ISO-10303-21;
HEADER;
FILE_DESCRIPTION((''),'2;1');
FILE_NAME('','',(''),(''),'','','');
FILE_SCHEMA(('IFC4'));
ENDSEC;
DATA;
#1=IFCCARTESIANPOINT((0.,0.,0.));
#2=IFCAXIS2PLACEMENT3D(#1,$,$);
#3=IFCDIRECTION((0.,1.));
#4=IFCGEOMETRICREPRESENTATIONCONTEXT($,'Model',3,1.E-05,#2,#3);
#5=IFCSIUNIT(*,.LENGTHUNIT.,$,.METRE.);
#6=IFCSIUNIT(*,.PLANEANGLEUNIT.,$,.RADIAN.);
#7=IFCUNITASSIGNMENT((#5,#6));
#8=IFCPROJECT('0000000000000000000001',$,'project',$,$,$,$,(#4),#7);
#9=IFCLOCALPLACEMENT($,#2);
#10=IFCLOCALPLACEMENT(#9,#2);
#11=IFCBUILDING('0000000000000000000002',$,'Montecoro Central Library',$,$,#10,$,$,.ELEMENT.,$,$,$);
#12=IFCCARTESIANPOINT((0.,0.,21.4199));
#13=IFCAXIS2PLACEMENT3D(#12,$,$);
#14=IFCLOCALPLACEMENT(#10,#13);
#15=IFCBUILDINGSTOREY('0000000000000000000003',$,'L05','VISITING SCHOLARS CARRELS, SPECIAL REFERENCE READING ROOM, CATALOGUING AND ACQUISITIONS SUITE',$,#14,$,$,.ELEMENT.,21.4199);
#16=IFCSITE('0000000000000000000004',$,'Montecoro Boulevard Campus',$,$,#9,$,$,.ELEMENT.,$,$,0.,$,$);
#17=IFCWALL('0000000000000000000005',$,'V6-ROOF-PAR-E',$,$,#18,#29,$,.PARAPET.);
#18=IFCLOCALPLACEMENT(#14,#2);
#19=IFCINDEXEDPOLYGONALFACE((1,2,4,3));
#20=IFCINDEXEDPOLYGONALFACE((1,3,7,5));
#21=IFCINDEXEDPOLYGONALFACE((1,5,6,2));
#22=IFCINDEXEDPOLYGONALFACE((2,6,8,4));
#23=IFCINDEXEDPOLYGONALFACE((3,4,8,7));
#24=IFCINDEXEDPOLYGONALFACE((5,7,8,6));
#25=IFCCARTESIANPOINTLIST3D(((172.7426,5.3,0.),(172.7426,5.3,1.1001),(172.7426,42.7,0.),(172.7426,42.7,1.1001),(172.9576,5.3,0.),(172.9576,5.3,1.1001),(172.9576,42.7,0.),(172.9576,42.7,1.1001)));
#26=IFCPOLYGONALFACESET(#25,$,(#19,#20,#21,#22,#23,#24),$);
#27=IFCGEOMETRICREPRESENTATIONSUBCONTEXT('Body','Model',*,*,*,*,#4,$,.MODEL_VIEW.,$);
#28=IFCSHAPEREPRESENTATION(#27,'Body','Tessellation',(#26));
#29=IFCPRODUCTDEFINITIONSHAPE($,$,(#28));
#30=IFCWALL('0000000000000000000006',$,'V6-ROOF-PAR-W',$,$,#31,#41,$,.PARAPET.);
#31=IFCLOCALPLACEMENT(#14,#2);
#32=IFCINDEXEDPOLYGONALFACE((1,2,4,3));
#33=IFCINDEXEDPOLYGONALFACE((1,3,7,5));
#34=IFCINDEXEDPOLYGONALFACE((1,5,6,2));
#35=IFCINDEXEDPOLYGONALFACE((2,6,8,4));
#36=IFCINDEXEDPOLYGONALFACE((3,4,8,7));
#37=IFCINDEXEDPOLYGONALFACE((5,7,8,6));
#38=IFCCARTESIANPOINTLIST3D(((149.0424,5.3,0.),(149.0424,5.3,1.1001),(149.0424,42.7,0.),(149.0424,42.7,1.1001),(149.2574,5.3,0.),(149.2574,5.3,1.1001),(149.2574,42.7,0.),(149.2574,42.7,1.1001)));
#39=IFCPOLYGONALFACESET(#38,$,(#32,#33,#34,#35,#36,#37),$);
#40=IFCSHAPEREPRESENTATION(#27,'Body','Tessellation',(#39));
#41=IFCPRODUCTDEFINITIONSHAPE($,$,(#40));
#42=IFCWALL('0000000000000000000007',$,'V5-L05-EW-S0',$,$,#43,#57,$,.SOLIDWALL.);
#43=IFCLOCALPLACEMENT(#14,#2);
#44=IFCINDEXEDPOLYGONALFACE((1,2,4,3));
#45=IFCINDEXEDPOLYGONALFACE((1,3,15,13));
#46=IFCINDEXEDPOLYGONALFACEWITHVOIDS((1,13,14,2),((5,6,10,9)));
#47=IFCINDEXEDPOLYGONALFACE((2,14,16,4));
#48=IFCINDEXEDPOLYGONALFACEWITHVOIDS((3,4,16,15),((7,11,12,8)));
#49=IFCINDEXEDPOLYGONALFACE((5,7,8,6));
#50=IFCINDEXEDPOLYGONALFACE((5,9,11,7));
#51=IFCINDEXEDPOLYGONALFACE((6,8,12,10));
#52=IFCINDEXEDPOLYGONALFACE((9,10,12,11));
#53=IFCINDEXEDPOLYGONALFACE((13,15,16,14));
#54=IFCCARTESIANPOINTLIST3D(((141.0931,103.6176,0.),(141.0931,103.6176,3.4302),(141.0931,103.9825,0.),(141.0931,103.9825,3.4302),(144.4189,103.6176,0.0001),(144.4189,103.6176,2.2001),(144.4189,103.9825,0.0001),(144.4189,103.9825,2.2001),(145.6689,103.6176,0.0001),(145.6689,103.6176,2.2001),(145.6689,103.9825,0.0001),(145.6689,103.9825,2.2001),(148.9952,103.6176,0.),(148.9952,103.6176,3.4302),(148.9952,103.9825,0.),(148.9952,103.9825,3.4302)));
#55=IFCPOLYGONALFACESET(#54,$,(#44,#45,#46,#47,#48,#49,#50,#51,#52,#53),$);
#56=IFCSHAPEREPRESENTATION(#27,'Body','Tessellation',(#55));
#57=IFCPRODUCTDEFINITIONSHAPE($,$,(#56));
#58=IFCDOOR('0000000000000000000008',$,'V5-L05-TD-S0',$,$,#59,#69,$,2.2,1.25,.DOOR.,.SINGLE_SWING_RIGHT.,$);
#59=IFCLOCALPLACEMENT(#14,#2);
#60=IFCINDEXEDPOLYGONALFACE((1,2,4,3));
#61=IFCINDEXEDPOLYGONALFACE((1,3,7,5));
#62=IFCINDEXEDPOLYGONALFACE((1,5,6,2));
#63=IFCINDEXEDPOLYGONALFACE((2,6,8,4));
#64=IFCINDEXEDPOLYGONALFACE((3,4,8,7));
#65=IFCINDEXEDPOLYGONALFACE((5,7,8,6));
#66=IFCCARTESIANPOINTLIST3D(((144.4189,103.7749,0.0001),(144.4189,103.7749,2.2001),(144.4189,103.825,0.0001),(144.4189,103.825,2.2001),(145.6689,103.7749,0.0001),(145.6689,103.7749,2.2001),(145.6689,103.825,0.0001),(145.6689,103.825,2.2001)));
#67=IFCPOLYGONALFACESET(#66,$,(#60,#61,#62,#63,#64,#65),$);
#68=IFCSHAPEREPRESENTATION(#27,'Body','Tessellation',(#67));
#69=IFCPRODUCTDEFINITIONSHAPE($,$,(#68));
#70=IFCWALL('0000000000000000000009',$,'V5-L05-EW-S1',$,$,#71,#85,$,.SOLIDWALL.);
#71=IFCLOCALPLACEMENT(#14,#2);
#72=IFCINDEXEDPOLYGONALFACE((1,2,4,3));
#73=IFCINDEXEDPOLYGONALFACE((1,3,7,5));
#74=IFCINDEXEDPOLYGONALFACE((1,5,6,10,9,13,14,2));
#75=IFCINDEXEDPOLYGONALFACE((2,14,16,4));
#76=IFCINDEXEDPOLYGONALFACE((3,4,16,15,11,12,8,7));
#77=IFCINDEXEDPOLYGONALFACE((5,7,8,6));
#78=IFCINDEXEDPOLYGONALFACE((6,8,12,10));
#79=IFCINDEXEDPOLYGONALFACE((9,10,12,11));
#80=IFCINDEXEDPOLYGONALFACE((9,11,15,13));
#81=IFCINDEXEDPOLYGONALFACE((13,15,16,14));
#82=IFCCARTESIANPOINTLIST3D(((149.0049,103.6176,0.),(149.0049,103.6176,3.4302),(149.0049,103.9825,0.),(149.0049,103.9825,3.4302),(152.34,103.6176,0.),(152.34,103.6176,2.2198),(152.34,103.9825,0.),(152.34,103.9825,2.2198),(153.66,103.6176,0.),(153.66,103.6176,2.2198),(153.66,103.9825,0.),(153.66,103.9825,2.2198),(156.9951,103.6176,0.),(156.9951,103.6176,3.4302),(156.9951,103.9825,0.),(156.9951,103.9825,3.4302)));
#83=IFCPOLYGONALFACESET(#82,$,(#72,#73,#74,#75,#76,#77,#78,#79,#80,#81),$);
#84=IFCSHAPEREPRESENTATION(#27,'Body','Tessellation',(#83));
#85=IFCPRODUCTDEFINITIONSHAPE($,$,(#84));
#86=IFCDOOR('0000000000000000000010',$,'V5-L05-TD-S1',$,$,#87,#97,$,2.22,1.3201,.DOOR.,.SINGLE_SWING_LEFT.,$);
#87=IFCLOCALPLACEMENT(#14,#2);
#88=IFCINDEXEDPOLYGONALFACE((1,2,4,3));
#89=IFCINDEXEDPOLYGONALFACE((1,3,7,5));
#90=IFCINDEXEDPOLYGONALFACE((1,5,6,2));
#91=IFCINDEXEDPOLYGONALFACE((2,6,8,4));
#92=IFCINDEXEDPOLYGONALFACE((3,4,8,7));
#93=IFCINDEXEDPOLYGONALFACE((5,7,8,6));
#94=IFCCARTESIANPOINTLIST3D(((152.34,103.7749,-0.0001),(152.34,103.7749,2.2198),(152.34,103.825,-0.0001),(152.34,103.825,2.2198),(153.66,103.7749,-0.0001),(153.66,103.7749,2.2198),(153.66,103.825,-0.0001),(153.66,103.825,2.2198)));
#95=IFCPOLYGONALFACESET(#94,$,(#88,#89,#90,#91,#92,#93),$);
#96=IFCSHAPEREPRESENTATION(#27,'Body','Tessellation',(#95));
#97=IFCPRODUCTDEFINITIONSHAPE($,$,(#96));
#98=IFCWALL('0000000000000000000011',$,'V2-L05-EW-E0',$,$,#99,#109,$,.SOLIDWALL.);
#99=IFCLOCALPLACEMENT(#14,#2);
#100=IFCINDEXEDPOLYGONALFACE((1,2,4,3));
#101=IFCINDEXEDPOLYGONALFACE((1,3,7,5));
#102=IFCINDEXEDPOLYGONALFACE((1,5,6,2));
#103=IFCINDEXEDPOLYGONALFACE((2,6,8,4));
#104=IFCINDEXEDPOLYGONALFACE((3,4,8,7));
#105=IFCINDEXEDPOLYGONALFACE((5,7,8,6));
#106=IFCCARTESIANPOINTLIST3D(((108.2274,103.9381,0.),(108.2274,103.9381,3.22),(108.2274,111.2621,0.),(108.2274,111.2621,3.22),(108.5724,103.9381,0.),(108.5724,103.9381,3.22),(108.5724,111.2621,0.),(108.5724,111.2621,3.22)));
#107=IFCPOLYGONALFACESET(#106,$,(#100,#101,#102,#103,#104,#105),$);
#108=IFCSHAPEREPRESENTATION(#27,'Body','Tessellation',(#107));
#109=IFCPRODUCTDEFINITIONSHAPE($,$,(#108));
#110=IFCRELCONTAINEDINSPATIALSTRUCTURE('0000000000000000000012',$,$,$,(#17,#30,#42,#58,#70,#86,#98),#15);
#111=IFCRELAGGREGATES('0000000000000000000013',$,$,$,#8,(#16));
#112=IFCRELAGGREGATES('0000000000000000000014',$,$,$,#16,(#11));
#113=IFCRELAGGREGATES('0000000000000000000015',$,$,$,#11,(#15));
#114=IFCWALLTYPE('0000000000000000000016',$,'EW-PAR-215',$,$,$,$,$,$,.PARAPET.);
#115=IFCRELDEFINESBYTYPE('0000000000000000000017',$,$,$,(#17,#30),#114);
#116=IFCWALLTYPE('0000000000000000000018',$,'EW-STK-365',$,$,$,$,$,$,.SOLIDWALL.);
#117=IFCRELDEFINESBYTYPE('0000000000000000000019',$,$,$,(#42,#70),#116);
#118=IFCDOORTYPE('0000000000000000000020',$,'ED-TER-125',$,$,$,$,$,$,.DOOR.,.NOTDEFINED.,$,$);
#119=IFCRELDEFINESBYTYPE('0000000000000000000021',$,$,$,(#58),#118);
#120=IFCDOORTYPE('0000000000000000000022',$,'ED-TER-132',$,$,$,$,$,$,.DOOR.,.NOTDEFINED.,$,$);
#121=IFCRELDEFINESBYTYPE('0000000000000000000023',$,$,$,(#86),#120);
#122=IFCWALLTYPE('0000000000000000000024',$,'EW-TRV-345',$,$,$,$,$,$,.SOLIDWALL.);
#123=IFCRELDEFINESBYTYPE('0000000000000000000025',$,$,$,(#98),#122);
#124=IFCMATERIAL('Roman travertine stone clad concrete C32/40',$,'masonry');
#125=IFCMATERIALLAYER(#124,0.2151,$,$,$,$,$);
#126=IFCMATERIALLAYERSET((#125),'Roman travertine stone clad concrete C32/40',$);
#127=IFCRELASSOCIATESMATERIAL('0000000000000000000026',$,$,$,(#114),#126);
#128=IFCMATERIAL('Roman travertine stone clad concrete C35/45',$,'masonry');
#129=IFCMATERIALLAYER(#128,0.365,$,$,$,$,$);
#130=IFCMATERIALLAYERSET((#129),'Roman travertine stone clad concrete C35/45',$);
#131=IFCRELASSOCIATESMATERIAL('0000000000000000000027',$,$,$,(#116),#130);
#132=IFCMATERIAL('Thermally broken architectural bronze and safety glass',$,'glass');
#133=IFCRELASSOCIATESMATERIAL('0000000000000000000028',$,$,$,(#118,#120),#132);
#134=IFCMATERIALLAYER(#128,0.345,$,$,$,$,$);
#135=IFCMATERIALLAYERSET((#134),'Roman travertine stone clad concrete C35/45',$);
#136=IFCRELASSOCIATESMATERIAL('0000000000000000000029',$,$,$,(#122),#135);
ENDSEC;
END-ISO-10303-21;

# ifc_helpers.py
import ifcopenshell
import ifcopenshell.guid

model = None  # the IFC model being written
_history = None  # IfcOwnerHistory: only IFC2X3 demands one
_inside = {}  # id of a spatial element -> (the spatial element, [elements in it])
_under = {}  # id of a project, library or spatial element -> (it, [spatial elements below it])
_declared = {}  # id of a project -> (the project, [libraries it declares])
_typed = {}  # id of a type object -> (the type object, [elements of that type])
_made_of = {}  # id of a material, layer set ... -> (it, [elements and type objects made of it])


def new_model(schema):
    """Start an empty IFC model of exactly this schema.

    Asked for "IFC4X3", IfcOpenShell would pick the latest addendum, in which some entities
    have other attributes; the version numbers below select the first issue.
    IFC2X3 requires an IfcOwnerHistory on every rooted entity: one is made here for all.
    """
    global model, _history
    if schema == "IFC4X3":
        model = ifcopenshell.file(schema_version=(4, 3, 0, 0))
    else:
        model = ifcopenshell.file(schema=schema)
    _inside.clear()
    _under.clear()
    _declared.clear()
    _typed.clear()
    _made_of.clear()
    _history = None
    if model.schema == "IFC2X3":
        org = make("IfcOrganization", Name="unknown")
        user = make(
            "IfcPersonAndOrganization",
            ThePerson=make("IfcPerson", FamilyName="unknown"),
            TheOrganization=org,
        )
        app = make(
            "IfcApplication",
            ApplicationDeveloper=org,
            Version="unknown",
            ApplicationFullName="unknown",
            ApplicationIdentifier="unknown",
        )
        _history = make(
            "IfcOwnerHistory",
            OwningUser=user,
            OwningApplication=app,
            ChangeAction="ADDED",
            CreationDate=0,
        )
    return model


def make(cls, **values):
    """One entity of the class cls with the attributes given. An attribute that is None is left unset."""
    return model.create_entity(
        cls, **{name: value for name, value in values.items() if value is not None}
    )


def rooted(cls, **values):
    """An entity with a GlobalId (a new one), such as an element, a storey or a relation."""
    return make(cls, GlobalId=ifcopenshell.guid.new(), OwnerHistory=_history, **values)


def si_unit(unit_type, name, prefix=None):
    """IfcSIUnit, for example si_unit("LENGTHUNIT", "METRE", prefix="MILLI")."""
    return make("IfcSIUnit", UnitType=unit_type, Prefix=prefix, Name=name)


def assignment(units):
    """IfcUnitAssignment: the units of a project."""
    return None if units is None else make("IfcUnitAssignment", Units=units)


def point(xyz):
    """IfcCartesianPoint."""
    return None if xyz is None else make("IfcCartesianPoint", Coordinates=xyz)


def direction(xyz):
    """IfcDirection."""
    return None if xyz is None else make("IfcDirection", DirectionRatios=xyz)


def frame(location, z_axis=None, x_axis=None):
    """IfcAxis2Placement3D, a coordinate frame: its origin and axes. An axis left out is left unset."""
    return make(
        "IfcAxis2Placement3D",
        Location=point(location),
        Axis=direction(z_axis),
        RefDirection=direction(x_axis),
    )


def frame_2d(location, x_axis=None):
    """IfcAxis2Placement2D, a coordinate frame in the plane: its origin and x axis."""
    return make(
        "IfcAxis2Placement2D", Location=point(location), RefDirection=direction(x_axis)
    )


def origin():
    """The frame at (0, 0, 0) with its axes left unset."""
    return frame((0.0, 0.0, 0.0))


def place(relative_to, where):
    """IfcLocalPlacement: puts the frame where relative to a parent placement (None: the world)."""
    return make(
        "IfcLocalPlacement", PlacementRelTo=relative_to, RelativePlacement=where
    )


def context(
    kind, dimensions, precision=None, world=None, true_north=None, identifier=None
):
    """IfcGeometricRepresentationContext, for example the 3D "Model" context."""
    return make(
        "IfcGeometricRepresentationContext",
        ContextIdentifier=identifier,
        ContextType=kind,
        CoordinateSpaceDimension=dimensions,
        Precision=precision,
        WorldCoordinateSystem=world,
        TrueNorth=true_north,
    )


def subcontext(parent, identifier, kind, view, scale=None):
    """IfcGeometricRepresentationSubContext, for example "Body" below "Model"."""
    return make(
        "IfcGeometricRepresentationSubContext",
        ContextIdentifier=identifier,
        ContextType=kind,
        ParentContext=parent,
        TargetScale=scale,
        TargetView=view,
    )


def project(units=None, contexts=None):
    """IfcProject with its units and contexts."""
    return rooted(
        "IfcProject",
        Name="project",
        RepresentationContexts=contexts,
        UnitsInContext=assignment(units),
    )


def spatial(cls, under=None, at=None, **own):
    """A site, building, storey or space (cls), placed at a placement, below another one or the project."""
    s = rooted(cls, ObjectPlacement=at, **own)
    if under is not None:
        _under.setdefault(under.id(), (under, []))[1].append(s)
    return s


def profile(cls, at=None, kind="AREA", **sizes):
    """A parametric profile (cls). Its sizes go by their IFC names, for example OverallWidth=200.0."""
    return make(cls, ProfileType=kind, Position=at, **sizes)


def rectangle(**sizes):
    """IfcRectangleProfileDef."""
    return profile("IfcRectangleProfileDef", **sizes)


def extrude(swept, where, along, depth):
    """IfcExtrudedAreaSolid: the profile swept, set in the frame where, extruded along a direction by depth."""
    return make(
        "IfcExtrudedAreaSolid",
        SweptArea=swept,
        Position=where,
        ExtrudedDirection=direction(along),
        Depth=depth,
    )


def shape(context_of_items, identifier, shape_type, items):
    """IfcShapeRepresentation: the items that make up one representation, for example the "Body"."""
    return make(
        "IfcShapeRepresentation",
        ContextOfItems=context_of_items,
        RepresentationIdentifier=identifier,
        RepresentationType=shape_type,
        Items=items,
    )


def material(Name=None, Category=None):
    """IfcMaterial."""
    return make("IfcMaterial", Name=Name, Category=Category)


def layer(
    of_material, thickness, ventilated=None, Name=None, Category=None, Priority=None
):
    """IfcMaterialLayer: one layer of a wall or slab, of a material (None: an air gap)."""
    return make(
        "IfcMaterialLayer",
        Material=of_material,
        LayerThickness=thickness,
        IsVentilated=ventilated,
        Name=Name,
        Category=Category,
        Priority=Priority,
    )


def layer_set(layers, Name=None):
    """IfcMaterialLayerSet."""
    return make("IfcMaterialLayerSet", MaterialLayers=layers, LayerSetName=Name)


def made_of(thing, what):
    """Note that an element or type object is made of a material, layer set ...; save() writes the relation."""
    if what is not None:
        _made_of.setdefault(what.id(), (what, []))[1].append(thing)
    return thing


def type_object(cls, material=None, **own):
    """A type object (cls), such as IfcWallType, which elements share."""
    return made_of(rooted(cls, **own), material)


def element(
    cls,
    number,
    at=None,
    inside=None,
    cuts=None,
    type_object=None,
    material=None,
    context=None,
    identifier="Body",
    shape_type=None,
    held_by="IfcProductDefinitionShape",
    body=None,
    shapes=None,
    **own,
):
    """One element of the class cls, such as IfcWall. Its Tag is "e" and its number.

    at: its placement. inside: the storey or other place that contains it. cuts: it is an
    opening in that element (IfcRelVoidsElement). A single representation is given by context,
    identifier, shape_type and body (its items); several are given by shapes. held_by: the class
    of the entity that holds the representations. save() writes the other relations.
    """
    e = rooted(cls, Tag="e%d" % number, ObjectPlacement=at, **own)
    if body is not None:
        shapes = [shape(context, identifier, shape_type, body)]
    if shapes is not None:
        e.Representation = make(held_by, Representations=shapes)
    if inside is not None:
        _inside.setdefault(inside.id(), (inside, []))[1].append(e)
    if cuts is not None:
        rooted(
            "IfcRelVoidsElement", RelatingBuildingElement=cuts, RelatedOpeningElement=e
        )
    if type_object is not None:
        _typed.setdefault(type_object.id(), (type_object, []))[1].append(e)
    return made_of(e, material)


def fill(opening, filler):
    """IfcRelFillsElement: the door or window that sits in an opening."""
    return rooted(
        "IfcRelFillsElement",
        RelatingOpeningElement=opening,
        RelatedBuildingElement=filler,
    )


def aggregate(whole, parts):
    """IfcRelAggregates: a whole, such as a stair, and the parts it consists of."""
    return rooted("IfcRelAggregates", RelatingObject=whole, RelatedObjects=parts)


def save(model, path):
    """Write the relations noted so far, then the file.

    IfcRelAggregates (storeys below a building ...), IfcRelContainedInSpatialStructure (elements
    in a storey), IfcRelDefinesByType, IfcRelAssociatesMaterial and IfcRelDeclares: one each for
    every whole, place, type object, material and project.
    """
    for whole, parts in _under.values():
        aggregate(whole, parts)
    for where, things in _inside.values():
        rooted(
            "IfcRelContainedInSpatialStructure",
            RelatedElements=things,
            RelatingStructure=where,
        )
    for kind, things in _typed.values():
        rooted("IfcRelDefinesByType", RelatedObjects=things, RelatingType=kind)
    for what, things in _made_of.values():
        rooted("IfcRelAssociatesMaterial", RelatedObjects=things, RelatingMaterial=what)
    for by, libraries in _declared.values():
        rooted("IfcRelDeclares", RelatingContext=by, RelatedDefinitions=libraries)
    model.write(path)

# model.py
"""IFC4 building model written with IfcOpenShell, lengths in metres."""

from ifc_helpers import new_model, si_unit, direction, frame, frame_2d, origin, place, context, subcontext, project, spatial, rectangle, extrude, material, layer, layer_set, type_object, element, fill, save


model = new_model("IFC4")

# Units and contexts
model_context = context("Model", 3, precision=1e-05, world=origin(), true_north=direction((0.0, 1.0)))
body_context = subcontext(model_context, "Body", "Model", "MODEL_VIEW")
ifc_project = project(units=[si_unit("LENGTHUNIT", "METRE"), si_unit("PLANEANGLEUNIT", "RADIAN")], contexts=[model_context])

# Site, building, storey
site_placement = place(None, origin())
site = spatial("IfcSite", under=ifc_project, at=site_placement, Name="Montecoro Boulevard Campus", CompositionType="ELEMENT", RefElevation=0.0)
building_placement = place(site_placement, origin())
building = spatial("IfcBuilding", under=site, at=building_placement, Name="Montecoro Central Library", CompositionType="ELEMENT")
storey_placement = place(building_placement, frame((0.0, 0.0, 21.4199)))
storey = spatial("IfcBuildingStorey", under=building, at=storey_placement, Name="L05", Description="VISITING SCHOLARS CARRELS, SPECIAL REFERENCE READING ROOM, CATALOGUING AND ACQUISITIONS SUITE", CompositionType="ELEMENT", Elevation=21.4199)

# Walls
ifc_material_1 = material(Name="Roman travertine stone clad concrete C32/40", Category="masonry")
ifc_layer_1 = layer(ifc_material_1, 0.2151)
ifc_layer_set_1 = layer_set([ifc_layer_1], Name="Roman travertine stone clad concrete C32/40")
wall_type_1 = type_object("IfcWallType", Name="EW-PAR-215", PredefinedType="PARAPET", material=ifc_layer_set_1)
for number, where, z_axis, x_axis, name in (
    (1, (172.8501, 5.3, 0.0), (0.0, 0.0, 1.0), (0.0, 1.0, 0.0), "V6-ROOF-PAR-E"),
    (2, (149.1499, 42.7, 0.0), (0.0, 0.0, 1.0), (0.0, -1.0, 0.0), "V6-ROOF-PAR-W"),
):
    element("IfcWall", number, at=place(storey_placement, frame(where, z_axis=z_axis, x_axis=x_axis)), inside=storey, type_object=wall_type_1, Name=name, PredefinedType="PARAPET", context=body_context, shape_type="SweptSolid", body=[
        extrude(rectangle(XDim=37.3999, YDim=0.2151, at=frame_2d((18.7, 0.0))), origin(), (0.0, 0.0, 1.0), 1.1001),
    ])

# Walls, openings, doors
ifc_material_2 = material(Name="Roman travertine stone clad concrete C35/45", Category="masonry")
ifc_layer_2 = layer(ifc_material_2, 0.365)
ifc_layer_set_2 = layer_set([ifc_layer_2], Name="Roman travertine stone clad concrete C35/45")
wall_type_2 = type_object("IfcWallType", Name="EW-STK-365", PredefinedType="SOLIDWALL", material=ifc_layer_set_2)
wall_1_placement = place(storey_placement, frame((141.093, 103.8, 0.0), z_axis=(0.0, 0.0, 1.0), x_axis=(1.0, 0.0, 0.0)))
wall_1 = element("IfcWall", 3, at=wall_1_placement, inside=storey, type_object=wall_type_2, Name="V5-L05-EW-S0", PredefinedType="SOLIDWALL", context=body_context, shape_type="SweptSolid", body=[
    extrude(rectangle(XDim=7.9021, YDim=0.365, at=frame_2d((3.9512, 0.0))), origin(), (0.0, 0.0, 1.0), 3.4302),
])
opening_1_placement = place(wall_1_placement, frame((3.3259, 0.0, 0.0)))
opening_1 = element("IfcOpeningElement", 4, at=opening_1_placement, cuts=wall_1, PredefinedType="OPENING", context=body_context, shape_type="SweptSolid", body=[
    extrude(rectangle(XDim=1.25, YDim=2.2, at=frame_2d((0.625, 1.1001))), frame((0.0, 0.1924, 0.0), z_axis=(0.0, -1.0, 0.0), x_axis=(1.0, 0.0, 0.0)), (0.0, 0.0, 1.0), 0.385),
])
ifc_material_3 = material(Name="Thermally broken architectural bronze and safety glass", Category="glass")
door_type_1 = type_object("IfcDoorType", Name="ED-TER-125", OperationType="NOTDEFINED", PredefinedType="DOOR", material=ifc_material_3)
door_1_placement = place(opening_1_placement, origin())
door_1 = element("IfcDoor", 5, at=door_1_placement, inside=storey, type_object=door_type_1, Name="V5-L05-TD-S0", OperationType="SINGLE_SWING_RIGHT", OverallHeight=2.2, OverallWidth=1.25, PredefinedType="DOOR", context=body_context, shape_type="SweptSolid", body=[
    extrude(rectangle(XDim=1.25, YDim=2.2, at=frame_2d((0.625, 1.1001))), frame((0.0, 0.0249, 0.0), z_axis=(0.0, -1.0, 0.0), x_axis=(1.0, 0.0, 0.0)), (0.0, 0.0, 1.0), 0.05),
])
fill(opening_1, door_1)
wall_2_placement = place(storey_placement, frame((149.0049, 103.8, 0.0), z_axis=(0.0, 0.0, 1.0), x_axis=(1.0, 0.0, 0.0)))
wall_2 = element("IfcWall", 6, at=wall_2_placement, inside=storey, type_object=wall_type_2, Name="V5-L05-EW-S1", PredefinedType="SOLIDWALL", context=body_context, shape_type="SweptSolid", body=[
    extrude(rectangle(XDim=7.9902, YDim=0.365, at=frame_2d((3.9951, 0.0))), origin(), (0.0, 0.0, 1.0), 3.4302),
])
opening_2_placement = place(wall_2_placement, frame((3.335, 0.0, 0.0)))
opening_2 = element("IfcOpeningElement", 7, at=opening_2_placement, cuts=wall_2, PredefinedType="OPENING", context=body_context, shape_type="SweptSolid", body=[
    extrude(rectangle(XDim=1.3201, YDim=2.22, at=frame_2d((0.6602, 1.1099))), frame((0.0, 0.1924, 0.0), z_axis=(0.0, -1.0, 0.0), x_axis=(1.0, 0.0, 0.0)), (0.0, 0.0, 1.0), 0.385),
])
door_type_2 = type_object("IfcDoorType", Name="ED-TER-132", OperationType="NOTDEFINED", PredefinedType="DOOR", material=ifc_material_3)
door_2_placement = place(opening_2_placement, origin())
door_2 = element("IfcDoor", 8, at=door_2_placement, inside=storey, type_object=door_type_2, Name="V5-L05-TD-S1", OperationType="SINGLE_SWING_LEFT", OverallHeight=2.22, OverallWidth=1.3201, PredefinedType="DOOR", context=body_context, shape_type="SweptSolid", body=[
    extrude(rectangle(XDim=1.3201, YDim=2.22, at=frame_2d((0.6602, 1.1099))), frame((0.0, 0.0249, 0.0), z_axis=(0.0, -1.0, 0.0), x_axis=(1.0, 0.0, 0.0)), (0.0, 0.0, 1.0), 0.05),
])
fill(opening_2, door_2)

# Wall
ifc_layer_3 = layer(ifc_material_2, 0.345)
ifc_layer_set_3 = layer_set([ifc_layer_3], Name="Roman travertine stone clad concrete C35/45")
wall_type_3 = type_object("IfcWallType", Name="EW-TRV-345", PredefinedType="SOLIDWALL", material=ifc_layer_set_3)
wall_3_placement = place(storey_placement, frame((108.3999, 103.938, 0.0), z_axis=(0.0, 0.0, 1.0), x_axis=(0.0, 1.0, 0.0)))
element("IfcWall", 9, at=wall_3_placement, inside=storey, type_object=wall_type_3, Name="V2-L05-EW-E0", PredefinedType="SOLIDWALL", context=body_context, shape_type="SweptSolid", body=[
    extrude(rectangle(XDim=7.324, YDim=0.345, at=frame_2d((3.6621, 0.0))), origin(), (0.0, 0.0, 1.0), 3.22),
])

save(model, "model.ifc")
